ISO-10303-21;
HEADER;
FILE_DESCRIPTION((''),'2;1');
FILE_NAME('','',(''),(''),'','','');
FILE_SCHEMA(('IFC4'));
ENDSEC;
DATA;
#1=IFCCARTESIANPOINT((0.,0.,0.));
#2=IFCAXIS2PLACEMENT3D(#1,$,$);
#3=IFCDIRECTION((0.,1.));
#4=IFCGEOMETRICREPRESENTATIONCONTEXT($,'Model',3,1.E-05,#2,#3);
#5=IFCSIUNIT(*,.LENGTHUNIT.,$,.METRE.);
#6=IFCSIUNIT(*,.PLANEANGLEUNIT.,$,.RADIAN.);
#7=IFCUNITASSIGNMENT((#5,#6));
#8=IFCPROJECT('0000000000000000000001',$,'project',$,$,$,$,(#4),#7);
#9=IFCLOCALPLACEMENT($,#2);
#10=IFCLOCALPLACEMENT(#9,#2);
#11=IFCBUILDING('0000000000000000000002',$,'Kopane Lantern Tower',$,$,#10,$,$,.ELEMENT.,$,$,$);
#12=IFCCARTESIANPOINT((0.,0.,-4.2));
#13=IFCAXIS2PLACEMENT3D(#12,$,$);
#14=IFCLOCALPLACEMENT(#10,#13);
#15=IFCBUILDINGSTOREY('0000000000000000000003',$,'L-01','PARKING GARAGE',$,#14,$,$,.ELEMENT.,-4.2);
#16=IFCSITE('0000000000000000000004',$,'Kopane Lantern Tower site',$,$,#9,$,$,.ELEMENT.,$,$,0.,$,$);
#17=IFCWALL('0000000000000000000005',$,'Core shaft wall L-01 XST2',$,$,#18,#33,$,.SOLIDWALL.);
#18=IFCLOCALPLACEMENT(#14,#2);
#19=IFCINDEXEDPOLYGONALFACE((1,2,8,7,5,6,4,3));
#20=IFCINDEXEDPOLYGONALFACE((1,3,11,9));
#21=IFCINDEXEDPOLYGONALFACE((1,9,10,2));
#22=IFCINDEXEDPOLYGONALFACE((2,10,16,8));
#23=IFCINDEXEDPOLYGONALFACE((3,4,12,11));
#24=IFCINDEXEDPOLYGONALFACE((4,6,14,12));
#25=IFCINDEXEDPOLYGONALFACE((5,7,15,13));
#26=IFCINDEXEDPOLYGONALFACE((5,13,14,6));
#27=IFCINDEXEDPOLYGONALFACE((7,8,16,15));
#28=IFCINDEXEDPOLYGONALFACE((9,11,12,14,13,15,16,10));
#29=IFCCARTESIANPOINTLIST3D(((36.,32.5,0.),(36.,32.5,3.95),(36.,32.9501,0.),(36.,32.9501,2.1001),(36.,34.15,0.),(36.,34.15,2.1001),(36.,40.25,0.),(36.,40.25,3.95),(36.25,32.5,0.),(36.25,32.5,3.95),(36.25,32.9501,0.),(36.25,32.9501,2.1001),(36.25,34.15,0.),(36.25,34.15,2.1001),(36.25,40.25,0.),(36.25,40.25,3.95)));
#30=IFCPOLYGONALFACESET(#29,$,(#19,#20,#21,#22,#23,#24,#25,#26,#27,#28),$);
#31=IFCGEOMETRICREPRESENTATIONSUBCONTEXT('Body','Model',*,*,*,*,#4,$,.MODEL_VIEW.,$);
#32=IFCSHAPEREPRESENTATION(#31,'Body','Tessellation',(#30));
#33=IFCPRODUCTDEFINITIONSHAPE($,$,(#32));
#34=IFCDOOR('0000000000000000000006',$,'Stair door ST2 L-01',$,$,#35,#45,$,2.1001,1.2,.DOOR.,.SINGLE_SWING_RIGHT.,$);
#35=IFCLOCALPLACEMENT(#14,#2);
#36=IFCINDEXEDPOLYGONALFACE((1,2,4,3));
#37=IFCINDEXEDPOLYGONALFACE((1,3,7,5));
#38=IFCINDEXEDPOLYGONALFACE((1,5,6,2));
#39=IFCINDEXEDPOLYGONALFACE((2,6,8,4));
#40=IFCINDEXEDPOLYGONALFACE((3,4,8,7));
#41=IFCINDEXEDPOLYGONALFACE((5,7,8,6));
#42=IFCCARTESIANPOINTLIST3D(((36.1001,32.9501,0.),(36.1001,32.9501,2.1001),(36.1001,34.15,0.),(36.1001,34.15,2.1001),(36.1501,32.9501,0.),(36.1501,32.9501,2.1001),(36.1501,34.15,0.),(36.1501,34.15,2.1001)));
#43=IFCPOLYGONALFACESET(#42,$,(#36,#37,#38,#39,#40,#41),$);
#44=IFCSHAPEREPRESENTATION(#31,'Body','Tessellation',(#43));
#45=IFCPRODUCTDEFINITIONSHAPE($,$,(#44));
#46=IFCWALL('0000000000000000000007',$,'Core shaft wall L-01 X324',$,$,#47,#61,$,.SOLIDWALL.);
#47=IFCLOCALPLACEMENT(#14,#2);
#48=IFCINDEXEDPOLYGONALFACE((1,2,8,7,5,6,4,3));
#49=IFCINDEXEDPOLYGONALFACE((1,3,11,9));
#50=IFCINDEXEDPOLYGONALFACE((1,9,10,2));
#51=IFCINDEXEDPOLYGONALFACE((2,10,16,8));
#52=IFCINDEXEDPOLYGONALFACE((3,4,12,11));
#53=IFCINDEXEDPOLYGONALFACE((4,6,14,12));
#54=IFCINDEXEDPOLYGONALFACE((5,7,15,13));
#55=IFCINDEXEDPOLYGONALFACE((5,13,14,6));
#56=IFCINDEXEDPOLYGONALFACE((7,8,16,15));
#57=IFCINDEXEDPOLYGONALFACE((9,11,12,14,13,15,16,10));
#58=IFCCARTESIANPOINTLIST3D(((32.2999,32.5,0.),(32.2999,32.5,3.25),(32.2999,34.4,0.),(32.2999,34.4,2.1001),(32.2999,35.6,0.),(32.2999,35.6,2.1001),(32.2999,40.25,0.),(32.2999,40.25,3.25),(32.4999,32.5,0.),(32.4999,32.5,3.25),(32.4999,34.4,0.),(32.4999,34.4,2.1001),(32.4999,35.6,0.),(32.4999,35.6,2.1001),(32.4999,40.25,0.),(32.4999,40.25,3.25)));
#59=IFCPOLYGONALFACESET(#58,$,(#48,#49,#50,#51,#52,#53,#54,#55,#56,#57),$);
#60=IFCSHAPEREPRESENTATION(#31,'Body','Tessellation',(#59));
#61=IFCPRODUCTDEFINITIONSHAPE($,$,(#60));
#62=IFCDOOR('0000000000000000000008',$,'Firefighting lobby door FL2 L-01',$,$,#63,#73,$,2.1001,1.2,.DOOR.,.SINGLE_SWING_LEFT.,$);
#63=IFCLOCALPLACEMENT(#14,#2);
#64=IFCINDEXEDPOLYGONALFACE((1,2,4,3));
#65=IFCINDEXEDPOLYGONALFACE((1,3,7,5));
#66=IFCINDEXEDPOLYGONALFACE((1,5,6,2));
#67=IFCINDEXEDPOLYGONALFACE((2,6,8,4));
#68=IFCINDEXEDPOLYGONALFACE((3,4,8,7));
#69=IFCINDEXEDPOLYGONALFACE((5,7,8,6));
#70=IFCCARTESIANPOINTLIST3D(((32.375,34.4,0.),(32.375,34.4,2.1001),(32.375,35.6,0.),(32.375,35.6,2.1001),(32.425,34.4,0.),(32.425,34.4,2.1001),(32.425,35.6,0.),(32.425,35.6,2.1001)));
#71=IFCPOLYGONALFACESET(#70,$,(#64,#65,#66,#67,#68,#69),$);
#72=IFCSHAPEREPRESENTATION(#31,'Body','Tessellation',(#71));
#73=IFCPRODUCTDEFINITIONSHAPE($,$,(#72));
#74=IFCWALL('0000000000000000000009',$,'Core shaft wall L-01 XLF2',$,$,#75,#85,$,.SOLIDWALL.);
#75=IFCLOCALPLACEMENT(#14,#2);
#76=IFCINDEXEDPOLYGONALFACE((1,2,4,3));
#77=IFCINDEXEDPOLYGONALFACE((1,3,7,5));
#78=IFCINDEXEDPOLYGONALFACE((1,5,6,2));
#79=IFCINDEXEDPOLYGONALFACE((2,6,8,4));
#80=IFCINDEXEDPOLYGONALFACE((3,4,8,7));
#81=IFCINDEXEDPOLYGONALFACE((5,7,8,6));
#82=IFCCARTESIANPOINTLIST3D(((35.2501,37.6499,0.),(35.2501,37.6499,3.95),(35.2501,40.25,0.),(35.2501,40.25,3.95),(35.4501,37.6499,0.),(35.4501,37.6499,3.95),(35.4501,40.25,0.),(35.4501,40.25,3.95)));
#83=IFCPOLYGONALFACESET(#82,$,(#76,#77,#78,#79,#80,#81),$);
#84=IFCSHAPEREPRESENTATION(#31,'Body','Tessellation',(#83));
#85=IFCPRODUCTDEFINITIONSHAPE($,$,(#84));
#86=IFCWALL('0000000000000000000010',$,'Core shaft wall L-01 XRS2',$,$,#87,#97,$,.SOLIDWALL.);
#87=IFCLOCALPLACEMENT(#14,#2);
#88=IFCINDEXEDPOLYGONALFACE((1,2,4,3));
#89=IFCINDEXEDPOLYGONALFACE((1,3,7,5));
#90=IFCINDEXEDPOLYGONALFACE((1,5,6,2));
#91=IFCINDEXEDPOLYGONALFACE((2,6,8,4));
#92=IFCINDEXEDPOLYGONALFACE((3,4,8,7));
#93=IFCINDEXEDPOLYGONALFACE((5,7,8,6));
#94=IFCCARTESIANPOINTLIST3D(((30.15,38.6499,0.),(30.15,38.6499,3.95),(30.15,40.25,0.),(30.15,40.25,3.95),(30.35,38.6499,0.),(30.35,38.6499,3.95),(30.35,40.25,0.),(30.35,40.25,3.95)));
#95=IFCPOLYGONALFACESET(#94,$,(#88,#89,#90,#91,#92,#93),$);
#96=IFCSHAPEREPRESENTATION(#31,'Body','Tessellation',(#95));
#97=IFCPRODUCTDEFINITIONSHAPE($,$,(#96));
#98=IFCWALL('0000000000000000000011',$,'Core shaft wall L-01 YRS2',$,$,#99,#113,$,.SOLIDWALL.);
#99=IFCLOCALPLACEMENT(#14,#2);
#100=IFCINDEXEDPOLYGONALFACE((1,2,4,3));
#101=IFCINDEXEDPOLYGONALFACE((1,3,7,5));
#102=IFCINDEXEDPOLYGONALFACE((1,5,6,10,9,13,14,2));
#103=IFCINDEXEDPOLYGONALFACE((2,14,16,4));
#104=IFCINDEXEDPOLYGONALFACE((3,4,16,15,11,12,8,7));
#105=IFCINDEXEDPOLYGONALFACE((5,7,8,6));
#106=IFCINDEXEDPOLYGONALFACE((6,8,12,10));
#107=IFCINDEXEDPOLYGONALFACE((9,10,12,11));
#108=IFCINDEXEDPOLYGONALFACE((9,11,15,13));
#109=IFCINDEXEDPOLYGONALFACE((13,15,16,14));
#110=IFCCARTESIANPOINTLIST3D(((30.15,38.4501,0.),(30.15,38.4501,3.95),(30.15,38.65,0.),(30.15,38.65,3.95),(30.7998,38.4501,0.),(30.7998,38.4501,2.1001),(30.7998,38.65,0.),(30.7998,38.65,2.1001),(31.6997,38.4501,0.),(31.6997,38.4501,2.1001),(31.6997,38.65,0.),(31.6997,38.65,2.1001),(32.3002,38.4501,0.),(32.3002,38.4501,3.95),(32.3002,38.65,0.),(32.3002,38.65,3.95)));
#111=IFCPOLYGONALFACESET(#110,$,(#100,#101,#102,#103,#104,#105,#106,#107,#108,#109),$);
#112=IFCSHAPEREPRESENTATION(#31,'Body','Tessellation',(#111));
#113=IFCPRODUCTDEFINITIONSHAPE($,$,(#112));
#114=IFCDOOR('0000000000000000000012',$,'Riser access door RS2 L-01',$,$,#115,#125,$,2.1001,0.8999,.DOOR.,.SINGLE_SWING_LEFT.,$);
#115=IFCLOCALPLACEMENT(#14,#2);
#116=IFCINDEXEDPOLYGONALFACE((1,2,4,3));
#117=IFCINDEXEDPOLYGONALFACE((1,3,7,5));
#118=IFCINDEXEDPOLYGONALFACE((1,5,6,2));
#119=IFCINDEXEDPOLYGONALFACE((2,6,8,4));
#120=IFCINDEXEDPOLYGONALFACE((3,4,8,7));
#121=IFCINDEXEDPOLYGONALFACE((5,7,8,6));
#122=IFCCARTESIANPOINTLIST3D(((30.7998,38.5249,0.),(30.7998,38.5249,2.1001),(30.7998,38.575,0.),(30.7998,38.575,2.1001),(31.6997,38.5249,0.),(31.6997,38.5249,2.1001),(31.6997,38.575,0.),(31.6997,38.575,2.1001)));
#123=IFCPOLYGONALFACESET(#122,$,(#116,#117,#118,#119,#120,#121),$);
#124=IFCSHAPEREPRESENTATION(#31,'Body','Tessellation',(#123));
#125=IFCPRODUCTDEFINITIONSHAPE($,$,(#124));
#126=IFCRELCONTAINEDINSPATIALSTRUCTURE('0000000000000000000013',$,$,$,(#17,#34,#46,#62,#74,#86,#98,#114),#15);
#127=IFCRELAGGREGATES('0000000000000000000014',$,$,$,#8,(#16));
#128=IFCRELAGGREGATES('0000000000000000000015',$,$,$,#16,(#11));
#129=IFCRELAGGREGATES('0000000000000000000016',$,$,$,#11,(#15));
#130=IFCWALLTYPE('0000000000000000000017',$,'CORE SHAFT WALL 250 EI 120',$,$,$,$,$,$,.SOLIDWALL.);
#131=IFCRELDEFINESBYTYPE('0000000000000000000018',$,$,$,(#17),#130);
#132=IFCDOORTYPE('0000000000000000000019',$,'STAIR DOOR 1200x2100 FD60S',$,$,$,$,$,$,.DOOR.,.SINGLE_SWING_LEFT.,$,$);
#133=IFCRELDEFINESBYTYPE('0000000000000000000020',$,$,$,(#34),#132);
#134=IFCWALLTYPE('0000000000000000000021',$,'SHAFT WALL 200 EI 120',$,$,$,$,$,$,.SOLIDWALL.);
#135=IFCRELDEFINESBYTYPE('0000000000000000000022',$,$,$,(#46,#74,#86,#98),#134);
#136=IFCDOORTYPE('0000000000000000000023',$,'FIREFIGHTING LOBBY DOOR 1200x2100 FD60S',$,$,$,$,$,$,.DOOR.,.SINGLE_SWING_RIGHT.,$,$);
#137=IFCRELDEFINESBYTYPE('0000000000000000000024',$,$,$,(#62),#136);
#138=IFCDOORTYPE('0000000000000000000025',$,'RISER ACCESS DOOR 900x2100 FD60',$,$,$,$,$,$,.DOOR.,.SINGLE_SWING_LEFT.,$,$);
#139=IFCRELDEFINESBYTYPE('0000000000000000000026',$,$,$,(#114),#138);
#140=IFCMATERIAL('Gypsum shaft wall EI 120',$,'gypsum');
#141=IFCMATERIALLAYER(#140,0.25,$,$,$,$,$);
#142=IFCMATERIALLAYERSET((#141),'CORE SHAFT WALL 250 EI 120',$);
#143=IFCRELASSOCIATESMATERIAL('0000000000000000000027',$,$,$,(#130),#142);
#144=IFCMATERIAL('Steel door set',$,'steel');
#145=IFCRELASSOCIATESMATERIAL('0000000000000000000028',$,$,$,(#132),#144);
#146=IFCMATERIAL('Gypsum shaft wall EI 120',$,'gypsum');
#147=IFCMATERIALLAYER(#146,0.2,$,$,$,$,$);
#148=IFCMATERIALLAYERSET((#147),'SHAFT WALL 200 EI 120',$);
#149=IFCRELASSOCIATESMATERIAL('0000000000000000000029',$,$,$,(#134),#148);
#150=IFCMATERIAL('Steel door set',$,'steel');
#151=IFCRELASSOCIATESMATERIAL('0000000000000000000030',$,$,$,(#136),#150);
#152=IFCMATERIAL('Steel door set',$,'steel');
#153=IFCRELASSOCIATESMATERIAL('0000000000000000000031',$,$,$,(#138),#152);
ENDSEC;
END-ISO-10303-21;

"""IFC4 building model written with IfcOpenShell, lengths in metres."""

from ifc_helpers import new_model, si_unit, direction, frame, frame_2d, origin, place, context, subcontext, project, spatial, rectangle, extrude, material, layer, layer_set, type_object, element, fill, save


model = new_model("IFC4")

# Units and contexts
model_context = context("Model", 3, precision=1e-05, world=origin(), true_north=direction((0.0, 1.0)))
body_context = subcontext(model_context, "Body", "Model", "MODEL_VIEW")
ifc_project = project(units=[si_unit("LENGTHUNIT", "METRE"), si_unit("PLANEANGLEUNIT", "RADIAN")], contexts=[model_context])

# Site, building, storey
site_placement = place(None, origin())
site = spatial("IfcSite", under=ifc_project, at=site_placement, Name="Kopane Lantern Tower site", CompositionType="ELEMENT", RefElevation=0.0)
building_placement = place(site_placement, origin())
building = spatial("IfcBuilding", under=site, at=building_placement, Name="Kopane Lantern Tower", CompositionType="ELEMENT")
storey_placement = place(building_placement, frame((0.0, 0.0, -4.2)))
storey = spatial("IfcBuildingStorey", under=building, at=storey_placement, Name="L-01", Description="PARKING GARAGE", CompositionType="ELEMENT", Elevation=-4.2)

# Walls, openings, doors
ifc_material_1 = material(Name="Gypsum shaft wall EI 120", Category="gypsum")
ifc_layer_1 = layer(ifc_material_1, 0.25)
ifc_layer_set_1 = layer_set([ifc_layer_1], Name="CORE SHAFT WALL 250 EI 120")
wall_type_1 = type_object("IfcWallType", Name="CORE SHAFT WALL 250 EI 120", PredefinedType="SOLIDWALL", material=ifc_layer_set_1)
wall_1_placement = place(storey_placement, frame((36.125, 32.5, 0.0), z_axis=(0.0, 0.0, 1.0), x_axis=(0.0, 1.0, 0.0)))
wall_1 = element("IfcWall", 1, at=wall_1_placement, inside=storey, type_object=wall_type_1, Name="Core shaft wall L-01 XST2", PredefinedType="SOLIDWALL", context=body_context, shape_type="SweptSolid", body=[
    extrude(rectangle(XDim=7.75, YDim=0.25, at=frame_2d((3.875, 0.0))), origin(), (0.0, 0.0, 1.0), 3.95),
])
opening_1_placement = place(wall_1_placement, frame((0.45, 0.0, 0.0)))
opening_1 = element("IfcOpeningElement", 2, at=opening_1_placement, cuts=wall_1, PredefinedType="OPENING", context=body_context, shape_type="SweptSolid", body=[
    extrude(rectangle(XDim=1.2, YDim=2.1001, at=frame_2d((0.6001, 1.05))), frame((0.0, 0.135, 0.0), z_axis=(0.0, -1.0, 0.0), x_axis=(1.0, 0.0, 0.0)), (0.0, 0.0, 1.0), 0.27),
])
ifc_material_2 = material(Name="Steel door set", Category="steel")
door_type_1 = type_object("IfcDoorType", Name="STAIR DOOR 1200x2100 FD60S", OperationType="SINGLE_SWING_LEFT", PredefinedType="DOOR", material=ifc_material_2)
door_1_placement = place(opening_1_placement, origin())
door_1 = element("IfcDoor", 3, at=door_1_placement, inside=storey, type_object=door_type_1, Name="Stair door ST2 L-01", OperationType="SINGLE_SWING_RIGHT", OverallHeight=2.1001, OverallWidth=1.2, PredefinedType="DOOR", context=body_context, shape_type="SweptSolid", body=[
    extrude(rectangle(XDim=1.2, YDim=2.1001, at=frame_2d((0.6001, 1.05))), frame((0.0, 0.0249, 0.0), z_axis=(0.0, -1.0, 0.0), x_axis=(1.0, 0.0, 0.0)), (0.0, 0.0, 1.0), 0.05),
])
fill(opening_1, door_1)
ifc_material_3 = material(Name="Gypsum shaft wall EI 120", Category="gypsum")
ifc_layer_2 = layer(ifc_material_3, 0.2)
ifc_layer_set_2 = layer_set([ifc_layer_2], Name="SHAFT WALL 200 EI 120")
wall_type_2 = type_object("IfcWallType", Name="SHAFT WALL 200 EI 120", PredefinedType="SOLIDWALL", material=ifc_layer_set_2)
wall_2_placement = place(storey_placement, frame((32.3999, 32.5, 0.0), z_axis=(0.0, 0.0, 1.0), x_axis=(0.0, 1.0, 0.0)))
wall_2 = element("IfcWall", 4, at=wall_2_placement, inside=storey, type_object=wall_type_2, Name="Core shaft wall L-01 X324", PredefinedType="SOLIDWALL", context=body_context, shape_type="SweptSolid", body=[
    extrude(rectangle(XDim=7.75, YDim=0.2, at=frame_2d((3.875, 0.0))), origin(), (0.0, 0.0, 1.0), 3.25),
])
opening_2_placement = place(wall_2_placement, frame((1.8999, 0.0, 0.0)))
opening_2 = element("IfcOpeningElement", 5, at=opening_2_placement, cuts=wall_2, PredefinedType="OPENING", context=body_context, shape_type="SweptSolid", body=[
    extrude(rectangle(XDim=1.2, YDim=2.1001, at=frame_2d((0.6001, 1.05))), frame((0.0, 0.1099, 0.0), z_axis=(0.0, -1.0, 0.0), x_axis=(1.0, 0.0, 0.0)), (0.0, 0.0, 1.0), 0.22),
])
ifc_material_4 = material(Name="Steel door set", Category="steel")
door_type_2 = type_object("IfcDoorType", Name="FIREFIGHTING LOBBY DOOR 1200x2100 FD60S", OperationType="SINGLE_SWING_RIGHT", PredefinedType="DOOR", material=ifc_material_4)
door_2_placement = place(opening_2_placement, origin())
door_2 = element("IfcDoor", 6, at=door_2_placement, inside=storey, type_object=door_type_2, Name="Firefighting lobby door FL2 L-01", OperationType="SINGLE_SWING_LEFT", OverallHeight=2.1001, OverallWidth=1.2, PredefinedType="DOOR", context=body_context, shape_type="SweptSolid", body=[
    extrude(rectangle(XDim=1.2, YDim=2.1001, at=frame_2d((0.6001, 1.05))), frame((0.0, 0.0249, 0.0), z_axis=(0.0, -1.0, 0.0), x_axis=(1.0, 0.0, 0.0)), (0.0, 0.0, 1.0), 0.05),
])
fill(opening_2, door_2)

# Walls
wall_3_placement = place(storey_placement, frame((35.3501, 37.6499, 0.0), z_axis=(0.0, 0.0, 1.0), x_axis=(0.0, 1.0, 0.0)))
element("IfcWall", 7, at=wall_3_placement, inside=storey, type_object=wall_type_2, Name="Core shaft wall L-01 XLF2", PredefinedType="SOLIDWALL", context=body_context, shape_type="SweptSolid", body=[
    extrude(rectangle(XDim=2.6001, YDim=0.2, at=frame_2d((1.3, 0.0))), origin(), (0.0, 0.0, 1.0), 3.95),
])
wall_4_placement = place(storey_placement, frame((30.25, 38.6499, 0.0), z_axis=(0.0, 0.0, 1.0), x_axis=(0.0, 1.0, 0.0)))
element("IfcWall", 8, at=wall_4_placement, inside=storey, type_object=wall_type_2, Name="Core shaft wall L-01 XRS2", PredefinedType="SOLIDWALL", context=body_context, shape_type="SweptSolid", body=[
    extrude(rectangle(XDim=1.6001, YDim=0.2, at=frame_2d((0.8, 0.0))), origin(), (0.0, 0.0, 1.0), 3.95),
])

# Wall, opening, door
wall_5_placement = place(storey_placement, frame((30.1499, 38.55, 0.0), z_axis=(0.0, 0.0, 1.0), x_axis=(1.0, 0.0, 0.0)))
wall_5 = element("IfcWall", 9, at=wall_5_placement, inside=storey, type_object=wall_type_2, Name="Core shaft wall L-01 YRS2", PredefinedType="SOLIDWALL", context=body_context, shape_type="SweptSolid", body=[
    extrude(rectangle(XDim=2.1501, YDim=0.2, at=frame_2d((1.0752, 0.0))), origin(), (0.0, 0.0, 1.0), 3.95),
])
opening_3_placement = place(wall_5_placement, frame((0.6499, 0.0, 0.0)))
opening_3 = element("IfcOpeningElement", 10, at=opening_3_placement, cuts=wall_5, PredefinedType="OPENING", context=body_context, shape_type="SweptSolid", body=[
    extrude(rectangle(XDim=0.8999, YDim=2.1001, at=frame_2d((0.45, 1.05))), frame((0.0, 0.1099, 0.0), z_axis=(0.0, -1.0, 0.0), x_axis=(1.0, 0.0, 0.0)), (0.0, 0.0, 1.0), 0.22),
])
ifc_material_5 = material(Name="Steel door set", Category="steel")
door_type_3 = type_object("IfcDoorType", Name="RISER ACCESS DOOR 900x2100 FD60", OperationType="SINGLE_SWING_LEFT", PredefinedType="DOOR", material=ifc_material_5)
door_3_placement = place(opening_3_placement, origin())
door_3 = element("IfcDoor", 11, at=door_3_placement, inside=storey, type_object=door_type_3, Name="Riser access door RS2 L-01", OperationType="SINGLE_SWING_LEFT", OverallHeight=2.1001, OverallWidth=0.8999, PredefinedType="DOOR", context=body_context, shape_type="SweptSolid", body=[
    extrude(rectangle(XDim=0.8999, YDim=2.1001, at=frame_2d((0.45, 1.05))), frame((0.0, 0.0249, 0.0), z_axis=(0.0, -1.0, 0.0), x_axis=(1.0, 0.0, 0.0)), (0.0, 0.0, 1.0), 0.05),
])
fill(opening_3, door_3)

save(model, "model.ifc")
